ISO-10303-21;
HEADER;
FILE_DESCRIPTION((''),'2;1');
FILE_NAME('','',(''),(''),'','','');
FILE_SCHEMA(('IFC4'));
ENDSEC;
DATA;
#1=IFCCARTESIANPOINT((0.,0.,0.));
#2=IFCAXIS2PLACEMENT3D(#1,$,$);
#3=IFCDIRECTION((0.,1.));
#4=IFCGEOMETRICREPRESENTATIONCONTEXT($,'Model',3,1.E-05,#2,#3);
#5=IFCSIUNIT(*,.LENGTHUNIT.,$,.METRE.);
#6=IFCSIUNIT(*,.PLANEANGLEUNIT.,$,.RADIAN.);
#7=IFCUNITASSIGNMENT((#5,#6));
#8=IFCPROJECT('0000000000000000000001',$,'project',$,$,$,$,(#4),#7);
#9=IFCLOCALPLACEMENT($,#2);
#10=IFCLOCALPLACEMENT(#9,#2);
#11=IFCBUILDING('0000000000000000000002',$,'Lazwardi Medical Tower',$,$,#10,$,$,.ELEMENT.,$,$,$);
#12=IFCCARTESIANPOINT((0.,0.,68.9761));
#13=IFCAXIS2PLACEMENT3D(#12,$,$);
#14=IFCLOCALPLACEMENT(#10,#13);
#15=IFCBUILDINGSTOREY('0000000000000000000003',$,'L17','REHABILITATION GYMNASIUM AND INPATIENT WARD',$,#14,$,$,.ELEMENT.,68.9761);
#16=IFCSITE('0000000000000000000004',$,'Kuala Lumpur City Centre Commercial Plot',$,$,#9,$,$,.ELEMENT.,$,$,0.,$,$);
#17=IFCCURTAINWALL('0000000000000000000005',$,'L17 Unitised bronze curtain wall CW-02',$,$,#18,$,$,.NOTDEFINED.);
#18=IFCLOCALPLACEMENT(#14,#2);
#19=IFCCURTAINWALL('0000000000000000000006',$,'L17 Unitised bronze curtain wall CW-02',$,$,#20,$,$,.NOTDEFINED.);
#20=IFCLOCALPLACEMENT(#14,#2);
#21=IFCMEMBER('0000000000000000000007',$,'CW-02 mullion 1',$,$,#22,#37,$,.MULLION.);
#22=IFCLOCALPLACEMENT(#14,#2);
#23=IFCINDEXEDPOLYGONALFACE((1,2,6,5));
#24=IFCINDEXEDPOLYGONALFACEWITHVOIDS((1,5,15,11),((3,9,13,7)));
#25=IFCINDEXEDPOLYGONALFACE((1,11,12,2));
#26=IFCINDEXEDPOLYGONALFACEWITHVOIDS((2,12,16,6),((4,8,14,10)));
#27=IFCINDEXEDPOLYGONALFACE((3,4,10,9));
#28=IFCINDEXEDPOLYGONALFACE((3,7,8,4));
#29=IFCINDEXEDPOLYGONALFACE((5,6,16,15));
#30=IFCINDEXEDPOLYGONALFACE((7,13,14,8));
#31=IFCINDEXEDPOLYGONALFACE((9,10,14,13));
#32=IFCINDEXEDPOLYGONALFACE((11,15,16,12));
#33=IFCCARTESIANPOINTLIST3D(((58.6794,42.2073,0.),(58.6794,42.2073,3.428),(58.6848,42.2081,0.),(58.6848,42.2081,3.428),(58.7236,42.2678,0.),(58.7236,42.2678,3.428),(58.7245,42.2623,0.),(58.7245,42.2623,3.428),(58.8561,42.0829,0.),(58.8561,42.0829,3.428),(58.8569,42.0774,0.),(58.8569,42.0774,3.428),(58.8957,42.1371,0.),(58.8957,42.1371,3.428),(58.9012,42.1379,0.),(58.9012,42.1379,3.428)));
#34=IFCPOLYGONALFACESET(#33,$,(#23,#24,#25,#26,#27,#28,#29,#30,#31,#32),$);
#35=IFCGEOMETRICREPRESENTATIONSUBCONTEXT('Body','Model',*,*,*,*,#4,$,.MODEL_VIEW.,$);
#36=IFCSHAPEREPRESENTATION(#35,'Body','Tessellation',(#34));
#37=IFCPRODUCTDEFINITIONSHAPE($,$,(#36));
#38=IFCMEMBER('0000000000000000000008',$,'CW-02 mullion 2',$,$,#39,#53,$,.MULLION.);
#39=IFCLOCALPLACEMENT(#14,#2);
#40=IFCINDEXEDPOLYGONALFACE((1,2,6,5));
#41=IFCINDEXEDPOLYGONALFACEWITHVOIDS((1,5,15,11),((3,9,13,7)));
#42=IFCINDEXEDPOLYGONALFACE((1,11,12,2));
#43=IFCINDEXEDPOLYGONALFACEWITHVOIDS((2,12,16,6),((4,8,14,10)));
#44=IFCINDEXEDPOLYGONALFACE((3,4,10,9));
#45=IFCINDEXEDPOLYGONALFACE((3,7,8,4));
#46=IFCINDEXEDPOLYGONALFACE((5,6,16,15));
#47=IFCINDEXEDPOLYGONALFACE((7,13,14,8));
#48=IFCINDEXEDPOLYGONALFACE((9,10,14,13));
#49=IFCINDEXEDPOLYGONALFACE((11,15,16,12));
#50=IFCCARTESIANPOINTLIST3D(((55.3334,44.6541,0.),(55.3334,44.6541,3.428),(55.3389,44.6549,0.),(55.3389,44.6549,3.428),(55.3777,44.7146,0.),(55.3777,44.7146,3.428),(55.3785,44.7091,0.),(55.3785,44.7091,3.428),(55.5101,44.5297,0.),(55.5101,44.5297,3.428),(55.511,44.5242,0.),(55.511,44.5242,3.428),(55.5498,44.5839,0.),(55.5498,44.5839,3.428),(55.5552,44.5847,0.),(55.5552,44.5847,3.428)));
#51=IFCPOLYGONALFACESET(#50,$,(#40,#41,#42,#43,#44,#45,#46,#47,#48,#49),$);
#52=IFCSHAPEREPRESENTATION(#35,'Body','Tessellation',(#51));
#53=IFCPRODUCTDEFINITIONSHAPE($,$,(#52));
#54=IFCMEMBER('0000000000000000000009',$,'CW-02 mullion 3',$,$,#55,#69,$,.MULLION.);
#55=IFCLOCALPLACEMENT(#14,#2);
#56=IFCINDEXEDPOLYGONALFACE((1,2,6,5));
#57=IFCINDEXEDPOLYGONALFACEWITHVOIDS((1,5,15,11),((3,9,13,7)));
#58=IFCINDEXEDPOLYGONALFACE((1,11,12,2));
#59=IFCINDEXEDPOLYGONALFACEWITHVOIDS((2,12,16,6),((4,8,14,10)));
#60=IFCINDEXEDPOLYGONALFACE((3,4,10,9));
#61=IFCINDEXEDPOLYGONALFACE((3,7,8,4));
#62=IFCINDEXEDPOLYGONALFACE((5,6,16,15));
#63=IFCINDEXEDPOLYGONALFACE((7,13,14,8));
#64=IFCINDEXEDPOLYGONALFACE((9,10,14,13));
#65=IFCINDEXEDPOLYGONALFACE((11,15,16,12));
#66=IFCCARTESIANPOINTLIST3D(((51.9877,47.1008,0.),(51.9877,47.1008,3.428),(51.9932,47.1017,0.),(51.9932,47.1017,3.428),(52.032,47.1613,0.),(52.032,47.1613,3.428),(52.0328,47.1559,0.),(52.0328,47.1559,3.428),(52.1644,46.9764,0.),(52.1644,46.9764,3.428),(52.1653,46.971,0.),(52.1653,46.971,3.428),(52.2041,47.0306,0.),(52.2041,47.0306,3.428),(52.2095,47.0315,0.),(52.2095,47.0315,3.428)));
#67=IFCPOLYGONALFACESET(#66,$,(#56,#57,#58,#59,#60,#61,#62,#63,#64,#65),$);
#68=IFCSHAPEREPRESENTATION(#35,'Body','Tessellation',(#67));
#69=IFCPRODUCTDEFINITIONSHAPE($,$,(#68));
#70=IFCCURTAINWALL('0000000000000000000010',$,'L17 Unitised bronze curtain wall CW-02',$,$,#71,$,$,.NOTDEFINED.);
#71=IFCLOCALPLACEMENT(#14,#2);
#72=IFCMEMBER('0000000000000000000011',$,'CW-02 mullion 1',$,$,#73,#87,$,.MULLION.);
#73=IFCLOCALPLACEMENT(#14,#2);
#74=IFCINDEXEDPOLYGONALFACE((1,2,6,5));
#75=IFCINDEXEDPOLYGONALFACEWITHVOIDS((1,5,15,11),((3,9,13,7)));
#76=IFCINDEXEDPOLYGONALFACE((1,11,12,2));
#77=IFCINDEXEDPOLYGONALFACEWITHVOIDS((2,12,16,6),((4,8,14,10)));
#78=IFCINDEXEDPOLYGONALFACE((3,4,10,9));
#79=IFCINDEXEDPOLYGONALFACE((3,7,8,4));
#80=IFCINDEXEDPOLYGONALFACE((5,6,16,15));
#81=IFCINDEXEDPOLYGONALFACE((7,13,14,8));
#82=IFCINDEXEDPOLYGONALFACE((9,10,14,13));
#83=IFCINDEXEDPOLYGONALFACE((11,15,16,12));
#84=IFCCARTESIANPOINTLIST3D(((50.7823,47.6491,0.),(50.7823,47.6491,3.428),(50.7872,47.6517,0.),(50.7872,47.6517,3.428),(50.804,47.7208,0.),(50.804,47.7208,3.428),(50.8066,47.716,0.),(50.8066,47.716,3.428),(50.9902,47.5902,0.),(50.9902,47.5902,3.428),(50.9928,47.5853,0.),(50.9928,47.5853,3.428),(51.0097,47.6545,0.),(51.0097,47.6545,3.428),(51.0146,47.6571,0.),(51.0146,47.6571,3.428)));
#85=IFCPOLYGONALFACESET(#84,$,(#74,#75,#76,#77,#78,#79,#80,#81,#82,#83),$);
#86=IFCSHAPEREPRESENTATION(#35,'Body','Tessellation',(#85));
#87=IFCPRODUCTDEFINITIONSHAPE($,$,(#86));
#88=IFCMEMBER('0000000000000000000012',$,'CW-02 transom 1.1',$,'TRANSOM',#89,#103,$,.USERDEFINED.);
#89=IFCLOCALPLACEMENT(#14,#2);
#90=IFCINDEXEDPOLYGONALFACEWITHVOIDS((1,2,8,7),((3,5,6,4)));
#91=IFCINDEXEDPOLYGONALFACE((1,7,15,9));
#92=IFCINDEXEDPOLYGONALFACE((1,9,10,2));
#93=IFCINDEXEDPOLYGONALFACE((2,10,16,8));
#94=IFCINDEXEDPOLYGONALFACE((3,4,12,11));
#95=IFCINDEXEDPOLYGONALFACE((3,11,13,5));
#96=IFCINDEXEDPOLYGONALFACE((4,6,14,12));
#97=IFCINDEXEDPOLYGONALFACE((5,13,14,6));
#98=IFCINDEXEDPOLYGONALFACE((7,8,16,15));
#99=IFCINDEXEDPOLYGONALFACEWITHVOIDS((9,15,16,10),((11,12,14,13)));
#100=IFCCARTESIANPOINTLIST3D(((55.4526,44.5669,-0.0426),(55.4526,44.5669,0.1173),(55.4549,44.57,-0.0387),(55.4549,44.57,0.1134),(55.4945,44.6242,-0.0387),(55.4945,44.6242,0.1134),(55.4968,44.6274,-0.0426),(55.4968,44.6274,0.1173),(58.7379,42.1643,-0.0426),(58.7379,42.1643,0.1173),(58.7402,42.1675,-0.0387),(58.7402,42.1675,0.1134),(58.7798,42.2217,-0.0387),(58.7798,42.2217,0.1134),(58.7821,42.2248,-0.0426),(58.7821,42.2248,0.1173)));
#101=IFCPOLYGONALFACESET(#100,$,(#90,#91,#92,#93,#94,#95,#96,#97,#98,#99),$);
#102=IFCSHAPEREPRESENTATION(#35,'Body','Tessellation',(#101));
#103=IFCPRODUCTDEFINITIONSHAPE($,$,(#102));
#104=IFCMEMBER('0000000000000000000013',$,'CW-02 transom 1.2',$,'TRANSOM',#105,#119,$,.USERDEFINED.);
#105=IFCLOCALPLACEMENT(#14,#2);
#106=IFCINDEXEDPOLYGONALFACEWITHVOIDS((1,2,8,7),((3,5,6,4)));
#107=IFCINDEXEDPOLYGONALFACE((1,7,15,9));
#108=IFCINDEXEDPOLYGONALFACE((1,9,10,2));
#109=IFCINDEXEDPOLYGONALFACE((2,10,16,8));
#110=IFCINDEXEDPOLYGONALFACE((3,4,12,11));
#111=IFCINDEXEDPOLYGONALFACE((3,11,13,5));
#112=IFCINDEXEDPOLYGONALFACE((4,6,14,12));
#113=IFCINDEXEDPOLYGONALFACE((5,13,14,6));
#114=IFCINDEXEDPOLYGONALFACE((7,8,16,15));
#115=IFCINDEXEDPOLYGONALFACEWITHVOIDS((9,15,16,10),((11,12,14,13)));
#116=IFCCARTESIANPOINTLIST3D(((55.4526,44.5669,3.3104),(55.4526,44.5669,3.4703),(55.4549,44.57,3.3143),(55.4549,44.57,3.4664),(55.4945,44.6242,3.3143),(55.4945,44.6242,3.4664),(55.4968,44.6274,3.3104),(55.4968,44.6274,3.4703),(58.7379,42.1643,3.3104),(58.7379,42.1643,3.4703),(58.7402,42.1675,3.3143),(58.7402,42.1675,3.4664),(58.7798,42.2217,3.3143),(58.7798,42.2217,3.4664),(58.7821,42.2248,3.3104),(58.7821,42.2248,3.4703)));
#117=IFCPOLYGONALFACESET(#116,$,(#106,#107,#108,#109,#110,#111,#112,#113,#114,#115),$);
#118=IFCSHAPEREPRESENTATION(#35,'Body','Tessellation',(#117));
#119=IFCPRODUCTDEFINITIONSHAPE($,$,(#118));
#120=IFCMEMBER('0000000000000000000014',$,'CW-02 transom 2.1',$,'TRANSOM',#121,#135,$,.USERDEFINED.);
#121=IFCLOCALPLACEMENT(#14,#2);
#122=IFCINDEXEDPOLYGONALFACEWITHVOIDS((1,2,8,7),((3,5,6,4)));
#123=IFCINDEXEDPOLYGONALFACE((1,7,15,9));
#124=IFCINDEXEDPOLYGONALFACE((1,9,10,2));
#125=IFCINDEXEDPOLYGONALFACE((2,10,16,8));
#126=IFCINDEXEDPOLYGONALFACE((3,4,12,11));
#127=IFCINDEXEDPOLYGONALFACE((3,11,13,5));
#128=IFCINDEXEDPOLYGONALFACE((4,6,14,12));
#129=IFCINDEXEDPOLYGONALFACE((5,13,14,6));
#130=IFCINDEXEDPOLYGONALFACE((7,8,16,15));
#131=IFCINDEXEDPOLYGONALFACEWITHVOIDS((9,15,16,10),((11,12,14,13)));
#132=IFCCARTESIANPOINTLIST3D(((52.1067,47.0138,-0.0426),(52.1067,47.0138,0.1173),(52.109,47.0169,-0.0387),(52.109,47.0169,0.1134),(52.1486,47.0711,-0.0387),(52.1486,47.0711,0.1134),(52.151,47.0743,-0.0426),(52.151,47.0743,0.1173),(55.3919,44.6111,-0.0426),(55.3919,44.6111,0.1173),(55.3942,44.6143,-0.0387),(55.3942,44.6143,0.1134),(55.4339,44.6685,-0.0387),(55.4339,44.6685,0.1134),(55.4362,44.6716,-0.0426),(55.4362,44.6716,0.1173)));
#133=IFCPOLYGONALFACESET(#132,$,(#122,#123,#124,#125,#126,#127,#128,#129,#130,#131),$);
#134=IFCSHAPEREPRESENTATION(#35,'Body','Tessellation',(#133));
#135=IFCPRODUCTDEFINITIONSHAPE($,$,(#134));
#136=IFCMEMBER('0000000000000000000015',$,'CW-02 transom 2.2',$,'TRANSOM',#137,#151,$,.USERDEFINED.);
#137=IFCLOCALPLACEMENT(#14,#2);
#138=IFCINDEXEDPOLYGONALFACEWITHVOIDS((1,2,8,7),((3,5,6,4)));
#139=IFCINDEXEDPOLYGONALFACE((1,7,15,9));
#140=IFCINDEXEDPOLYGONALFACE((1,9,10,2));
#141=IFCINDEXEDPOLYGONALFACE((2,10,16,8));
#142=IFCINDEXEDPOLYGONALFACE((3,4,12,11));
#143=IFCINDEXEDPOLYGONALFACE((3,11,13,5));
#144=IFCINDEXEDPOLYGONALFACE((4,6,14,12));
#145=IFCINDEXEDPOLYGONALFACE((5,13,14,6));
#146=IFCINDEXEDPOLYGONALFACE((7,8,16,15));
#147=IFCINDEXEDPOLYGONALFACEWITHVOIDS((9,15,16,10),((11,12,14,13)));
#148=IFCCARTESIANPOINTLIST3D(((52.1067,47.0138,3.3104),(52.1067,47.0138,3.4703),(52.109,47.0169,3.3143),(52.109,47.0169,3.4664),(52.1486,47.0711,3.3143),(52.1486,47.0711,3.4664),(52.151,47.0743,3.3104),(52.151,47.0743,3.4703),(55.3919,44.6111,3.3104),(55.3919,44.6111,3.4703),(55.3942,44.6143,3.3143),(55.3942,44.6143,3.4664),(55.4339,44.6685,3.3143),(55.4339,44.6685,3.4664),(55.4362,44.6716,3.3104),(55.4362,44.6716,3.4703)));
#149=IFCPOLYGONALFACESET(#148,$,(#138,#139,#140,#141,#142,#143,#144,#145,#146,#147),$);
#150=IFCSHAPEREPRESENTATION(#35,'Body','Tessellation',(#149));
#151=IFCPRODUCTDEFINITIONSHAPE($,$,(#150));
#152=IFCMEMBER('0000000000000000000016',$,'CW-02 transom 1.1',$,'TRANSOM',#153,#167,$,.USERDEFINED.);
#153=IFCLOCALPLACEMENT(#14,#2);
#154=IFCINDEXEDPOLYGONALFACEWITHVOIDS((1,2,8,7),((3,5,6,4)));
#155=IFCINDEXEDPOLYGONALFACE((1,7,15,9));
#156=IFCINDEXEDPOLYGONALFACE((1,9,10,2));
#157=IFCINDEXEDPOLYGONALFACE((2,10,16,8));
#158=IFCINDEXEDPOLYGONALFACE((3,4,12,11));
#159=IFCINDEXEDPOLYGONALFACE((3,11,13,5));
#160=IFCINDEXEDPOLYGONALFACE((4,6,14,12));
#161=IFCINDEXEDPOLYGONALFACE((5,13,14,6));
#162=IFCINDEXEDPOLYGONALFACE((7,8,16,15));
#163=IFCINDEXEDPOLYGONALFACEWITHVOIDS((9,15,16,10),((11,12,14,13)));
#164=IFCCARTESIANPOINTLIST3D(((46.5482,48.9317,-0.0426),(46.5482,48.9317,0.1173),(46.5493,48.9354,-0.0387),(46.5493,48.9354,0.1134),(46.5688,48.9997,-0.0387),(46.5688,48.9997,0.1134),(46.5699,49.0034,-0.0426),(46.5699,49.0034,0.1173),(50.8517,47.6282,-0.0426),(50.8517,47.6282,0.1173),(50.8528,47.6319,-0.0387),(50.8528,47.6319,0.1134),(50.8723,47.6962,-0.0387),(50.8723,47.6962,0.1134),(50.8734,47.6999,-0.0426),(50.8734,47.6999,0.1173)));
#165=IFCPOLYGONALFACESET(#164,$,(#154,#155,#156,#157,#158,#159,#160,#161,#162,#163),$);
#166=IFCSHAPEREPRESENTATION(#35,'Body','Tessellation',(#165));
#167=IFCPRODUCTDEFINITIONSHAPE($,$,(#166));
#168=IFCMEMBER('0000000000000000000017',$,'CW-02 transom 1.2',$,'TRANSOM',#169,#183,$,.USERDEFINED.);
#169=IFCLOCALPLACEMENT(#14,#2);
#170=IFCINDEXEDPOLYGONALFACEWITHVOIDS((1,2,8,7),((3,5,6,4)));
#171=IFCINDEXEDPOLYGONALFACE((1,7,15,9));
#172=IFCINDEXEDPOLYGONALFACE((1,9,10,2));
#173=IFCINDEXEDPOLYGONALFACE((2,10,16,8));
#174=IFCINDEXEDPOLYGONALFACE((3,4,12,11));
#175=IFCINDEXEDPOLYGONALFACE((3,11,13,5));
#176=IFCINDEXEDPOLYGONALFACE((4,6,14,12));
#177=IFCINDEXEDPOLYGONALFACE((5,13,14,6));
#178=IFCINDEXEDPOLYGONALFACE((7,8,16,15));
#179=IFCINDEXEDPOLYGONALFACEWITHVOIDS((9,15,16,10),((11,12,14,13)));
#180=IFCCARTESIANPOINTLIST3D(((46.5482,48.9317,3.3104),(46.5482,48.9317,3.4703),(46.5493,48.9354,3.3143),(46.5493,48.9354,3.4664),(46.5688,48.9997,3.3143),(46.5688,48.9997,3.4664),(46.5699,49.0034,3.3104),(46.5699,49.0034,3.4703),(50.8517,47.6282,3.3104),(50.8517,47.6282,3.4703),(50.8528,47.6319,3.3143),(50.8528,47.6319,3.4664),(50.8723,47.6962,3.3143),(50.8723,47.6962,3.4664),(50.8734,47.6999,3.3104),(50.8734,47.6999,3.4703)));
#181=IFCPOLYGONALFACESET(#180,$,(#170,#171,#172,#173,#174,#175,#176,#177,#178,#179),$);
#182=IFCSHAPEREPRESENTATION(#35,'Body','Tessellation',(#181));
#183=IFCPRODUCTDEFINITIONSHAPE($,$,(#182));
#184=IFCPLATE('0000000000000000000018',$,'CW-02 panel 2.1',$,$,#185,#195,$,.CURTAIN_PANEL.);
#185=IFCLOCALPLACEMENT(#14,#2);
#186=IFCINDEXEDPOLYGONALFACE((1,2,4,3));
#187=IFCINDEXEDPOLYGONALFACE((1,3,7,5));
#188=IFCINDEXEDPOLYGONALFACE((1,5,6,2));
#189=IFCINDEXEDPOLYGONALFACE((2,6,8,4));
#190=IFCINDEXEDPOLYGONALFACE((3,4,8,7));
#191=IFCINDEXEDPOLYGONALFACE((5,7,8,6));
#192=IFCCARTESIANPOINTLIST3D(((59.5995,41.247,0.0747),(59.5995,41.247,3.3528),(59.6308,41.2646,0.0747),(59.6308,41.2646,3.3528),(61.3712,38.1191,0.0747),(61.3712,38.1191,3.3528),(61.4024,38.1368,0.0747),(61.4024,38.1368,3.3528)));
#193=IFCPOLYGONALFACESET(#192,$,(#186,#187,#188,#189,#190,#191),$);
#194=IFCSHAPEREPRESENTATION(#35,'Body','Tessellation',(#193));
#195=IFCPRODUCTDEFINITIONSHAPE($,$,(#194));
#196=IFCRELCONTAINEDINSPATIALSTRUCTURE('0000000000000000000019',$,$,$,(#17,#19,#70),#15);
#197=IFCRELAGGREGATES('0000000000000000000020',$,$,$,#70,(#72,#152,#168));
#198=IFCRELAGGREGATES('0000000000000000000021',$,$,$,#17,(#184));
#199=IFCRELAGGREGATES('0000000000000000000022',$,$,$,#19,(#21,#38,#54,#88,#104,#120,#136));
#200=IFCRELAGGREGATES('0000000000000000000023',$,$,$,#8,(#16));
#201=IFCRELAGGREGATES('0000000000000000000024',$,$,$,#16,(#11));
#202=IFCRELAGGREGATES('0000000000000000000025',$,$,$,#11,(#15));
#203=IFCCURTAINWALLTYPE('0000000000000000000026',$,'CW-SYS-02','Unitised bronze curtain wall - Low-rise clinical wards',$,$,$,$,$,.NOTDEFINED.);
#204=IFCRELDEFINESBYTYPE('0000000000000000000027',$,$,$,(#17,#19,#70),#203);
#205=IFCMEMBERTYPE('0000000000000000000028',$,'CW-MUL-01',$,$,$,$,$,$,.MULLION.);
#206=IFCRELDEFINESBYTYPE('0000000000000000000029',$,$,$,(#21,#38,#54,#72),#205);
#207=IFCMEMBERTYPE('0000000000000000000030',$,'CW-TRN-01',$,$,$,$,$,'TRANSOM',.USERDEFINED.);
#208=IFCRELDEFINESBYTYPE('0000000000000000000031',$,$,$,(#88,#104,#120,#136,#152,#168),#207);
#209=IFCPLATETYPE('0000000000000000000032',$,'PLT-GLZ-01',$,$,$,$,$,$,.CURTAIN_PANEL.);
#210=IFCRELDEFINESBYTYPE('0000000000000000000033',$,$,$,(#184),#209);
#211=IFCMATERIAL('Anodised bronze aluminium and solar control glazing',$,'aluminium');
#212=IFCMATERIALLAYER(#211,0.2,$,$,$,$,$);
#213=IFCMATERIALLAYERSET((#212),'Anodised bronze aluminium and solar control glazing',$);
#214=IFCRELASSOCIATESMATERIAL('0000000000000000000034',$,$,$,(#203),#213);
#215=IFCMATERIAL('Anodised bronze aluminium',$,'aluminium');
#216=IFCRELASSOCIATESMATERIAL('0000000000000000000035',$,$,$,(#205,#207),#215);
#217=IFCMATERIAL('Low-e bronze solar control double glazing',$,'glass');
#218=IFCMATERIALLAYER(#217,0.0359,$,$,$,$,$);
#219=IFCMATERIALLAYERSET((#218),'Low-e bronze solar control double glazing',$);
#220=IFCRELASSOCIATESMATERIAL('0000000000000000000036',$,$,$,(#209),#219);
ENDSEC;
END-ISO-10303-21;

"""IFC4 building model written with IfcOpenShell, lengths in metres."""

from ifc_helpers import new_model, si_unit, direction, frame, origin, origin_2d, place, context, subcontext, project, spatial, rectangle, hollow_rectangle, extrude, material, layer, layer_set, material_profile, profile_set, type_object, element, aggregate, save


model = new_model("IFC4")

# Units and contexts
model_context = context("Model", 3, precision=1e-05, world=origin(), true_north=direction((0.0, 1.0)))
body_context = subcontext(model_context, "Body", "Model", "MODEL_VIEW")
ifc_project = project(units=[si_unit("LENGTHUNIT", "METRE"), si_unit("PLANEANGLEUNIT", "RADIAN")], contexts=[model_context])

# Site, building, storey
site_placement = place(None, origin())
site = spatial("IfcSite", under=ifc_project, at=site_placement, Name="Kuala Lumpur City Centre Commercial Plot", CompositionType="ELEMENT", RefElevation=0.0)
building_placement = place(site_placement, origin())
building = spatial("IfcBuilding", under=site, at=building_placement, Name="Lazwardi Medical Tower", CompositionType="ELEMENT")
storey_placement = place(building_placement, frame((0.0, 0.0, 68.9761)))
storey = spatial("IfcBuildingStorey", under=building, at=storey_placement, Name="L17", Description="REHABILITATION GYMNASIUM AND INPATIENT WARD", CompositionType="ELEMENT", Elevation=68.9761)

# Curtain wall
ifc_material_1 = material(Name="Anodised bronze aluminium and solar control glazing", Category="aluminium")
ifc_layer_1 = layer(ifc_material_1, 0.2)
ifc_layer_set_1 = layer_set([ifc_layer_1], Name="Anodised bronze aluminium and solar control glazing")
curtain_wall_type = type_object("IfcCurtainWallType", Name="CW-SYS-02", Description="Unitised bronze curtain wall - Low-rise clinical wards", PredefinedType="NOTDEFINED", material=ifc_layer_set_1)
curtain_wall_1_placement = place(storey_placement, origin())
curtain_wall_1 = element("IfcCurtainWall", 1, at=curtain_wall_1_placement, inside=storey, type_object=curtain_wall_type, Name="L17 Unitised bronze curtain wall CW-02", PredefinedType="NOTDEFINED")
ifc_material_2 = material(Name="Anodised bronze aluminium", Category="aluminium")
ifc_material_profile_1 = material_profile(ifc_material_2, hollow_rectangle(XDim=0.075, YDim=0.22, WallThickness=0.0039, at=origin_2d()), Name="ALU-MULLION 220x75x4")
ifc_profile_set_1 = profile_set([ifc_material_profile_1], Name="Anodised bronze aluminium")
member_type_1 = type_object("IfcMemberType", Name="CW-MUL-01", PredefinedType="MULLION", material=ifc_profile_set_1)

# Curtain wall, members
curtain_wall_2_placement = place(storey_placement, origin())
curtain_wall_2 = element("IfcCurtainWall", 2, at=curtain_wall_2_placement, inside=storey, type_object=curtain_wall_type, Name="L17 Unitised bronze curtain wall CW-02", PredefinedType="NOTDEFINED")
member_1_placement = place(storey_placement, frame((58.7903, 42.1726, 0.0), z_axis=(0.0, 0.0, 1.0), x_axis=(-0.590289, -0.807192, 0.0)))
member_1 = element("IfcMember", 3, at=member_1_placement, type_object=member_type_1, Name="CW-02 mullion 1", PredefinedType="MULLION", context=body_context, shape_type="SweptSolid", body=[
    extrude(hollow_rectangle(XDim=0.075, YDim=0.22, WallThickness=0.0039, at=origin_2d()), origin(), (0.0, 0.0, 1.0), 3.428),
])
member_2_placement = place(storey_placement, frame((55.4443, 44.6194, 0.0), z_axis=(0.0, 0.0, 1.0), x_axis=(-0.590289, -0.807192, 0.0)))
member_2 = element("IfcMember", 4, at=member_2_placement, type_object=member_type_1, Name="CW-02 mullion 2", PredefinedType="MULLION", context=body_context, shape_type="SweptSolid", body=[
    extrude(hollow_rectangle(XDim=0.075, YDim=0.22, WallThickness=0.0039, at=origin_2d()), origin(), (0.0, 0.0, 1.0), 3.428),
])
member_3_placement = place(storey_placement, frame((52.0986, 47.0662, 0.0), z_axis=(0.0, 0.0, 1.0), x_axis=(-0.590289, -0.807192, 0.0)))
member_3 = element("IfcMember", 5, at=member_3_placement, type_object=member_type_1, Name="CW-02 mullion 3", PredefinedType="MULLION", context=body_context, shape_type="SweptSolid", body=[
    extrude(hollow_rectangle(XDim=0.075, YDim=0.22, WallThickness=0.0039, at=origin_2d()), origin(), (0.0, 0.0, 1.0), 3.428),
])

# Curtain wall, member
curtain_wall_3_placement = place(storey_placement, origin())
curtain_wall_3 = element("IfcCurtainWall", 6, at=curtain_wall_3_placement, inside=storey, type_object=curtain_wall_type, Name="L17 Unitised bronze curtain wall CW-02", PredefinedType="NOTDEFINED")
member_4_placement = place(storey_placement, frame((50.8984, 47.6531, 0.0), z_axis=(0.0, 0.0, 1.0), x_axis=(-0.289896, -0.957058, 0.0)))
member_4 = element("IfcMember", 7, at=member_4_placement, type_object=member_type_1, Name="CW-02 mullion 1", PredefinedType="MULLION", context=body_context, shape_type="SweptSolid", body=[
    extrude(hollow_rectangle(XDim=0.075, YDim=0.22, WallThickness=0.0039, at=origin_2d()), origin(), (0.0, 0.0, 1.0), 3.428),
])

# Members
ifc_material_profile_2 = material_profile(ifc_material_2, hollow_rectangle(XDim=0.075, YDim=0.1599, WallThickness=0.0039, at=origin_2d()), Name="ALU-TRANSOM 160x75x4")
ifc_profile_set_2 = profile_set([ifc_material_profile_2], Name="Anodised bronze aluminium")
member_type_2 = type_object("IfcMemberType", Name="CW-TRN-01", ElementType="TRANSOM", PredefinedType="USERDEFINED", material=ifc_profile_set_2)
member_5_placement = place(storey_placement, frame((58.76, 42.1946, 0.0374), z_axis=(-0.80719, 0.590292, 0.0), x_axis=(-0.590292, -0.80719, 0.0)))
member_5 = element("IfcMember", 8, at=member_5_placement, type_object=member_type_2, Name="CW-02 transom 1.1", ObjectType="TRANSOM", PredefinedType="USERDEFINED", context=body_context, shape_type="SweptSolid", body=[
    extrude(hollow_rectangle(XDim=0.075, YDim=0.1599, WallThickness=0.0039, at=origin_2d()), origin(), (0.0, 0.0, 1.0), 4.0701),
])
member_6_placement = place(storey_placement, frame((58.76, 42.1946, 3.3904), z_axis=(-0.80719, 0.590292, 0.0), x_axis=(-0.590292, -0.80719, 0.0)))
member_6 = element("IfcMember", 9, at=member_6_placement, type_object=member_type_2, Name="CW-02 transom 1.2", ObjectType="TRANSOM", PredefinedType="USERDEFINED", context=body_context, shape_type="SweptSolid", body=[
    extrude(hollow_rectangle(XDim=0.075, YDim=0.1599, WallThickness=0.0039, at=origin_2d()), origin(), (0.0, 0.0, 1.0), 4.0701),
])
member_7_placement = place(storey_placement, frame((55.4141, 44.6414, 0.0374), z_axis=(-0.807169, 0.59032, 0.0), x_axis=(-0.59032, -0.807169, 0.0)))
member_7 = element("IfcMember", 10, at=member_7_placement, type_object=member_type_2, Name="CW-02 transom 2.1", ObjectType="TRANSOM", PredefinedType="USERDEFINED", context=body_context, shape_type="SweptSolid", body=[
    extrude(hollow_rectangle(XDim=0.075, YDim=0.1599, WallThickness=0.0039, at=origin_2d()), origin(), (0.0, 0.0, 1.0), 4.0701),
])
member_8_placement = place(storey_placement, frame((55.4141, 44.6414, 3.3904), z_axis=(-0.807169, 0.59032, 0.0), x_axis=(-0.59032, -0.807169, 0.0)))
member_8 = element("IfcMember", 11, at=member_8_placement, type_object=member_type_2, Name="CW-02 transom 2.2", ObjectType="TRANSOM", PredefinedType="USERDEFINED", context=body_context, shape_type="SweptSolid", body=[
    extrude(hollow_rectangle(XDim=0.075, YDim=0.1599, WallThickness=0.0039, at=origin_2d()), origin(), (0.0, 0.0, 1.0), 4.0701),
])
member_9_placement = place(storey_placement, frame((50.8625, 47.6641, 0.0374), z_axis=(-0.957062, 0.289882, 0.0), x_axis=(-0.289882, -0.957062, 0.0)))
member_9 = element("IfcMember", 12, at=member_9_placement, type_object=member_type_2, Name="CW-02 transom 1.1", ObjectType="TRANSOM", PredefinedType="USERDEFINED", context=body_context, shape_type="SweptSolid", body=[
    extrude(hollow_rectangle(XDim=0.075, YDim=0.1599, WallThickness=0.0039, at=origin_2d()), origin(), (0.0, 0.0, 1.0), 4.4966),
])
member_10_placement = place(storey_placement, frame((50.8625, 47.6641, 3.3904), z_axis=(-0.957062, 0.289882, 0.0), x_axis=(-0.289882, -0.957062, 0.0)))
member_10 = element("IfcMember", 13, at=member_10_placement, type_object=member_type_2, Name="CW-02 transom 1.2", ObjectType="TRANSOM", PredefinedType="USERDEFINED", context=body_context, shape_type="SweptSolid", body=[
    extrude(hollow_rectangle(XDim=0.075, YDim=0.1599, WallThickness=0.0039, at=origin_2d()), origin(), (0.0, 0.0, 1.0), 4.4966),
])
aggregate(curtain_wall_3, [member_4, member_9, member_10])

# Plate
ifc_material_3 = material(Name="Low-e bronze solar control double glazing", Category="glass")
ifc_layer_2 = layer(ifc_material_3, 0.0359)
ifc_layer_set_2 = layer_set([ifc_layer_2], Name="Low-e bronze solar control double glazing")
plate_type = type_object("IfcPlateType", Name="PLT-GLZ-01", PredefinedType="CURTAIN_PANEL", material=ifc_layer_set_2)
plate_1_placement = place(storey_placement, frame((60.501, 39.6919, 0.0747), z_axis=(0.0, 0.0, 1.0), x_axis=(-0.492854, 0.870112, 0.0)))
plate_1 = element("IfcPlate", 14, at=plate_1_placement, type_object=plate_type, Name="CW-02 panel 2.1", PredefinedType="CURTAIN_PANEL", context=body_context, shape_type="SweptSolid", body=[
    extrude(rectangle(XDim=3.5947, YDim=0.0359, at=origin_2d()), origin(), (0.0, 0.0, 1.0), 3.2781),
])
aggregate(curtain_wall_1, [plate_1])
aggregate(curtain_wall_2, [member_1, member_2, member_3, member_5, member_6, member_7, member_8])

save(model, "model.ifc")
